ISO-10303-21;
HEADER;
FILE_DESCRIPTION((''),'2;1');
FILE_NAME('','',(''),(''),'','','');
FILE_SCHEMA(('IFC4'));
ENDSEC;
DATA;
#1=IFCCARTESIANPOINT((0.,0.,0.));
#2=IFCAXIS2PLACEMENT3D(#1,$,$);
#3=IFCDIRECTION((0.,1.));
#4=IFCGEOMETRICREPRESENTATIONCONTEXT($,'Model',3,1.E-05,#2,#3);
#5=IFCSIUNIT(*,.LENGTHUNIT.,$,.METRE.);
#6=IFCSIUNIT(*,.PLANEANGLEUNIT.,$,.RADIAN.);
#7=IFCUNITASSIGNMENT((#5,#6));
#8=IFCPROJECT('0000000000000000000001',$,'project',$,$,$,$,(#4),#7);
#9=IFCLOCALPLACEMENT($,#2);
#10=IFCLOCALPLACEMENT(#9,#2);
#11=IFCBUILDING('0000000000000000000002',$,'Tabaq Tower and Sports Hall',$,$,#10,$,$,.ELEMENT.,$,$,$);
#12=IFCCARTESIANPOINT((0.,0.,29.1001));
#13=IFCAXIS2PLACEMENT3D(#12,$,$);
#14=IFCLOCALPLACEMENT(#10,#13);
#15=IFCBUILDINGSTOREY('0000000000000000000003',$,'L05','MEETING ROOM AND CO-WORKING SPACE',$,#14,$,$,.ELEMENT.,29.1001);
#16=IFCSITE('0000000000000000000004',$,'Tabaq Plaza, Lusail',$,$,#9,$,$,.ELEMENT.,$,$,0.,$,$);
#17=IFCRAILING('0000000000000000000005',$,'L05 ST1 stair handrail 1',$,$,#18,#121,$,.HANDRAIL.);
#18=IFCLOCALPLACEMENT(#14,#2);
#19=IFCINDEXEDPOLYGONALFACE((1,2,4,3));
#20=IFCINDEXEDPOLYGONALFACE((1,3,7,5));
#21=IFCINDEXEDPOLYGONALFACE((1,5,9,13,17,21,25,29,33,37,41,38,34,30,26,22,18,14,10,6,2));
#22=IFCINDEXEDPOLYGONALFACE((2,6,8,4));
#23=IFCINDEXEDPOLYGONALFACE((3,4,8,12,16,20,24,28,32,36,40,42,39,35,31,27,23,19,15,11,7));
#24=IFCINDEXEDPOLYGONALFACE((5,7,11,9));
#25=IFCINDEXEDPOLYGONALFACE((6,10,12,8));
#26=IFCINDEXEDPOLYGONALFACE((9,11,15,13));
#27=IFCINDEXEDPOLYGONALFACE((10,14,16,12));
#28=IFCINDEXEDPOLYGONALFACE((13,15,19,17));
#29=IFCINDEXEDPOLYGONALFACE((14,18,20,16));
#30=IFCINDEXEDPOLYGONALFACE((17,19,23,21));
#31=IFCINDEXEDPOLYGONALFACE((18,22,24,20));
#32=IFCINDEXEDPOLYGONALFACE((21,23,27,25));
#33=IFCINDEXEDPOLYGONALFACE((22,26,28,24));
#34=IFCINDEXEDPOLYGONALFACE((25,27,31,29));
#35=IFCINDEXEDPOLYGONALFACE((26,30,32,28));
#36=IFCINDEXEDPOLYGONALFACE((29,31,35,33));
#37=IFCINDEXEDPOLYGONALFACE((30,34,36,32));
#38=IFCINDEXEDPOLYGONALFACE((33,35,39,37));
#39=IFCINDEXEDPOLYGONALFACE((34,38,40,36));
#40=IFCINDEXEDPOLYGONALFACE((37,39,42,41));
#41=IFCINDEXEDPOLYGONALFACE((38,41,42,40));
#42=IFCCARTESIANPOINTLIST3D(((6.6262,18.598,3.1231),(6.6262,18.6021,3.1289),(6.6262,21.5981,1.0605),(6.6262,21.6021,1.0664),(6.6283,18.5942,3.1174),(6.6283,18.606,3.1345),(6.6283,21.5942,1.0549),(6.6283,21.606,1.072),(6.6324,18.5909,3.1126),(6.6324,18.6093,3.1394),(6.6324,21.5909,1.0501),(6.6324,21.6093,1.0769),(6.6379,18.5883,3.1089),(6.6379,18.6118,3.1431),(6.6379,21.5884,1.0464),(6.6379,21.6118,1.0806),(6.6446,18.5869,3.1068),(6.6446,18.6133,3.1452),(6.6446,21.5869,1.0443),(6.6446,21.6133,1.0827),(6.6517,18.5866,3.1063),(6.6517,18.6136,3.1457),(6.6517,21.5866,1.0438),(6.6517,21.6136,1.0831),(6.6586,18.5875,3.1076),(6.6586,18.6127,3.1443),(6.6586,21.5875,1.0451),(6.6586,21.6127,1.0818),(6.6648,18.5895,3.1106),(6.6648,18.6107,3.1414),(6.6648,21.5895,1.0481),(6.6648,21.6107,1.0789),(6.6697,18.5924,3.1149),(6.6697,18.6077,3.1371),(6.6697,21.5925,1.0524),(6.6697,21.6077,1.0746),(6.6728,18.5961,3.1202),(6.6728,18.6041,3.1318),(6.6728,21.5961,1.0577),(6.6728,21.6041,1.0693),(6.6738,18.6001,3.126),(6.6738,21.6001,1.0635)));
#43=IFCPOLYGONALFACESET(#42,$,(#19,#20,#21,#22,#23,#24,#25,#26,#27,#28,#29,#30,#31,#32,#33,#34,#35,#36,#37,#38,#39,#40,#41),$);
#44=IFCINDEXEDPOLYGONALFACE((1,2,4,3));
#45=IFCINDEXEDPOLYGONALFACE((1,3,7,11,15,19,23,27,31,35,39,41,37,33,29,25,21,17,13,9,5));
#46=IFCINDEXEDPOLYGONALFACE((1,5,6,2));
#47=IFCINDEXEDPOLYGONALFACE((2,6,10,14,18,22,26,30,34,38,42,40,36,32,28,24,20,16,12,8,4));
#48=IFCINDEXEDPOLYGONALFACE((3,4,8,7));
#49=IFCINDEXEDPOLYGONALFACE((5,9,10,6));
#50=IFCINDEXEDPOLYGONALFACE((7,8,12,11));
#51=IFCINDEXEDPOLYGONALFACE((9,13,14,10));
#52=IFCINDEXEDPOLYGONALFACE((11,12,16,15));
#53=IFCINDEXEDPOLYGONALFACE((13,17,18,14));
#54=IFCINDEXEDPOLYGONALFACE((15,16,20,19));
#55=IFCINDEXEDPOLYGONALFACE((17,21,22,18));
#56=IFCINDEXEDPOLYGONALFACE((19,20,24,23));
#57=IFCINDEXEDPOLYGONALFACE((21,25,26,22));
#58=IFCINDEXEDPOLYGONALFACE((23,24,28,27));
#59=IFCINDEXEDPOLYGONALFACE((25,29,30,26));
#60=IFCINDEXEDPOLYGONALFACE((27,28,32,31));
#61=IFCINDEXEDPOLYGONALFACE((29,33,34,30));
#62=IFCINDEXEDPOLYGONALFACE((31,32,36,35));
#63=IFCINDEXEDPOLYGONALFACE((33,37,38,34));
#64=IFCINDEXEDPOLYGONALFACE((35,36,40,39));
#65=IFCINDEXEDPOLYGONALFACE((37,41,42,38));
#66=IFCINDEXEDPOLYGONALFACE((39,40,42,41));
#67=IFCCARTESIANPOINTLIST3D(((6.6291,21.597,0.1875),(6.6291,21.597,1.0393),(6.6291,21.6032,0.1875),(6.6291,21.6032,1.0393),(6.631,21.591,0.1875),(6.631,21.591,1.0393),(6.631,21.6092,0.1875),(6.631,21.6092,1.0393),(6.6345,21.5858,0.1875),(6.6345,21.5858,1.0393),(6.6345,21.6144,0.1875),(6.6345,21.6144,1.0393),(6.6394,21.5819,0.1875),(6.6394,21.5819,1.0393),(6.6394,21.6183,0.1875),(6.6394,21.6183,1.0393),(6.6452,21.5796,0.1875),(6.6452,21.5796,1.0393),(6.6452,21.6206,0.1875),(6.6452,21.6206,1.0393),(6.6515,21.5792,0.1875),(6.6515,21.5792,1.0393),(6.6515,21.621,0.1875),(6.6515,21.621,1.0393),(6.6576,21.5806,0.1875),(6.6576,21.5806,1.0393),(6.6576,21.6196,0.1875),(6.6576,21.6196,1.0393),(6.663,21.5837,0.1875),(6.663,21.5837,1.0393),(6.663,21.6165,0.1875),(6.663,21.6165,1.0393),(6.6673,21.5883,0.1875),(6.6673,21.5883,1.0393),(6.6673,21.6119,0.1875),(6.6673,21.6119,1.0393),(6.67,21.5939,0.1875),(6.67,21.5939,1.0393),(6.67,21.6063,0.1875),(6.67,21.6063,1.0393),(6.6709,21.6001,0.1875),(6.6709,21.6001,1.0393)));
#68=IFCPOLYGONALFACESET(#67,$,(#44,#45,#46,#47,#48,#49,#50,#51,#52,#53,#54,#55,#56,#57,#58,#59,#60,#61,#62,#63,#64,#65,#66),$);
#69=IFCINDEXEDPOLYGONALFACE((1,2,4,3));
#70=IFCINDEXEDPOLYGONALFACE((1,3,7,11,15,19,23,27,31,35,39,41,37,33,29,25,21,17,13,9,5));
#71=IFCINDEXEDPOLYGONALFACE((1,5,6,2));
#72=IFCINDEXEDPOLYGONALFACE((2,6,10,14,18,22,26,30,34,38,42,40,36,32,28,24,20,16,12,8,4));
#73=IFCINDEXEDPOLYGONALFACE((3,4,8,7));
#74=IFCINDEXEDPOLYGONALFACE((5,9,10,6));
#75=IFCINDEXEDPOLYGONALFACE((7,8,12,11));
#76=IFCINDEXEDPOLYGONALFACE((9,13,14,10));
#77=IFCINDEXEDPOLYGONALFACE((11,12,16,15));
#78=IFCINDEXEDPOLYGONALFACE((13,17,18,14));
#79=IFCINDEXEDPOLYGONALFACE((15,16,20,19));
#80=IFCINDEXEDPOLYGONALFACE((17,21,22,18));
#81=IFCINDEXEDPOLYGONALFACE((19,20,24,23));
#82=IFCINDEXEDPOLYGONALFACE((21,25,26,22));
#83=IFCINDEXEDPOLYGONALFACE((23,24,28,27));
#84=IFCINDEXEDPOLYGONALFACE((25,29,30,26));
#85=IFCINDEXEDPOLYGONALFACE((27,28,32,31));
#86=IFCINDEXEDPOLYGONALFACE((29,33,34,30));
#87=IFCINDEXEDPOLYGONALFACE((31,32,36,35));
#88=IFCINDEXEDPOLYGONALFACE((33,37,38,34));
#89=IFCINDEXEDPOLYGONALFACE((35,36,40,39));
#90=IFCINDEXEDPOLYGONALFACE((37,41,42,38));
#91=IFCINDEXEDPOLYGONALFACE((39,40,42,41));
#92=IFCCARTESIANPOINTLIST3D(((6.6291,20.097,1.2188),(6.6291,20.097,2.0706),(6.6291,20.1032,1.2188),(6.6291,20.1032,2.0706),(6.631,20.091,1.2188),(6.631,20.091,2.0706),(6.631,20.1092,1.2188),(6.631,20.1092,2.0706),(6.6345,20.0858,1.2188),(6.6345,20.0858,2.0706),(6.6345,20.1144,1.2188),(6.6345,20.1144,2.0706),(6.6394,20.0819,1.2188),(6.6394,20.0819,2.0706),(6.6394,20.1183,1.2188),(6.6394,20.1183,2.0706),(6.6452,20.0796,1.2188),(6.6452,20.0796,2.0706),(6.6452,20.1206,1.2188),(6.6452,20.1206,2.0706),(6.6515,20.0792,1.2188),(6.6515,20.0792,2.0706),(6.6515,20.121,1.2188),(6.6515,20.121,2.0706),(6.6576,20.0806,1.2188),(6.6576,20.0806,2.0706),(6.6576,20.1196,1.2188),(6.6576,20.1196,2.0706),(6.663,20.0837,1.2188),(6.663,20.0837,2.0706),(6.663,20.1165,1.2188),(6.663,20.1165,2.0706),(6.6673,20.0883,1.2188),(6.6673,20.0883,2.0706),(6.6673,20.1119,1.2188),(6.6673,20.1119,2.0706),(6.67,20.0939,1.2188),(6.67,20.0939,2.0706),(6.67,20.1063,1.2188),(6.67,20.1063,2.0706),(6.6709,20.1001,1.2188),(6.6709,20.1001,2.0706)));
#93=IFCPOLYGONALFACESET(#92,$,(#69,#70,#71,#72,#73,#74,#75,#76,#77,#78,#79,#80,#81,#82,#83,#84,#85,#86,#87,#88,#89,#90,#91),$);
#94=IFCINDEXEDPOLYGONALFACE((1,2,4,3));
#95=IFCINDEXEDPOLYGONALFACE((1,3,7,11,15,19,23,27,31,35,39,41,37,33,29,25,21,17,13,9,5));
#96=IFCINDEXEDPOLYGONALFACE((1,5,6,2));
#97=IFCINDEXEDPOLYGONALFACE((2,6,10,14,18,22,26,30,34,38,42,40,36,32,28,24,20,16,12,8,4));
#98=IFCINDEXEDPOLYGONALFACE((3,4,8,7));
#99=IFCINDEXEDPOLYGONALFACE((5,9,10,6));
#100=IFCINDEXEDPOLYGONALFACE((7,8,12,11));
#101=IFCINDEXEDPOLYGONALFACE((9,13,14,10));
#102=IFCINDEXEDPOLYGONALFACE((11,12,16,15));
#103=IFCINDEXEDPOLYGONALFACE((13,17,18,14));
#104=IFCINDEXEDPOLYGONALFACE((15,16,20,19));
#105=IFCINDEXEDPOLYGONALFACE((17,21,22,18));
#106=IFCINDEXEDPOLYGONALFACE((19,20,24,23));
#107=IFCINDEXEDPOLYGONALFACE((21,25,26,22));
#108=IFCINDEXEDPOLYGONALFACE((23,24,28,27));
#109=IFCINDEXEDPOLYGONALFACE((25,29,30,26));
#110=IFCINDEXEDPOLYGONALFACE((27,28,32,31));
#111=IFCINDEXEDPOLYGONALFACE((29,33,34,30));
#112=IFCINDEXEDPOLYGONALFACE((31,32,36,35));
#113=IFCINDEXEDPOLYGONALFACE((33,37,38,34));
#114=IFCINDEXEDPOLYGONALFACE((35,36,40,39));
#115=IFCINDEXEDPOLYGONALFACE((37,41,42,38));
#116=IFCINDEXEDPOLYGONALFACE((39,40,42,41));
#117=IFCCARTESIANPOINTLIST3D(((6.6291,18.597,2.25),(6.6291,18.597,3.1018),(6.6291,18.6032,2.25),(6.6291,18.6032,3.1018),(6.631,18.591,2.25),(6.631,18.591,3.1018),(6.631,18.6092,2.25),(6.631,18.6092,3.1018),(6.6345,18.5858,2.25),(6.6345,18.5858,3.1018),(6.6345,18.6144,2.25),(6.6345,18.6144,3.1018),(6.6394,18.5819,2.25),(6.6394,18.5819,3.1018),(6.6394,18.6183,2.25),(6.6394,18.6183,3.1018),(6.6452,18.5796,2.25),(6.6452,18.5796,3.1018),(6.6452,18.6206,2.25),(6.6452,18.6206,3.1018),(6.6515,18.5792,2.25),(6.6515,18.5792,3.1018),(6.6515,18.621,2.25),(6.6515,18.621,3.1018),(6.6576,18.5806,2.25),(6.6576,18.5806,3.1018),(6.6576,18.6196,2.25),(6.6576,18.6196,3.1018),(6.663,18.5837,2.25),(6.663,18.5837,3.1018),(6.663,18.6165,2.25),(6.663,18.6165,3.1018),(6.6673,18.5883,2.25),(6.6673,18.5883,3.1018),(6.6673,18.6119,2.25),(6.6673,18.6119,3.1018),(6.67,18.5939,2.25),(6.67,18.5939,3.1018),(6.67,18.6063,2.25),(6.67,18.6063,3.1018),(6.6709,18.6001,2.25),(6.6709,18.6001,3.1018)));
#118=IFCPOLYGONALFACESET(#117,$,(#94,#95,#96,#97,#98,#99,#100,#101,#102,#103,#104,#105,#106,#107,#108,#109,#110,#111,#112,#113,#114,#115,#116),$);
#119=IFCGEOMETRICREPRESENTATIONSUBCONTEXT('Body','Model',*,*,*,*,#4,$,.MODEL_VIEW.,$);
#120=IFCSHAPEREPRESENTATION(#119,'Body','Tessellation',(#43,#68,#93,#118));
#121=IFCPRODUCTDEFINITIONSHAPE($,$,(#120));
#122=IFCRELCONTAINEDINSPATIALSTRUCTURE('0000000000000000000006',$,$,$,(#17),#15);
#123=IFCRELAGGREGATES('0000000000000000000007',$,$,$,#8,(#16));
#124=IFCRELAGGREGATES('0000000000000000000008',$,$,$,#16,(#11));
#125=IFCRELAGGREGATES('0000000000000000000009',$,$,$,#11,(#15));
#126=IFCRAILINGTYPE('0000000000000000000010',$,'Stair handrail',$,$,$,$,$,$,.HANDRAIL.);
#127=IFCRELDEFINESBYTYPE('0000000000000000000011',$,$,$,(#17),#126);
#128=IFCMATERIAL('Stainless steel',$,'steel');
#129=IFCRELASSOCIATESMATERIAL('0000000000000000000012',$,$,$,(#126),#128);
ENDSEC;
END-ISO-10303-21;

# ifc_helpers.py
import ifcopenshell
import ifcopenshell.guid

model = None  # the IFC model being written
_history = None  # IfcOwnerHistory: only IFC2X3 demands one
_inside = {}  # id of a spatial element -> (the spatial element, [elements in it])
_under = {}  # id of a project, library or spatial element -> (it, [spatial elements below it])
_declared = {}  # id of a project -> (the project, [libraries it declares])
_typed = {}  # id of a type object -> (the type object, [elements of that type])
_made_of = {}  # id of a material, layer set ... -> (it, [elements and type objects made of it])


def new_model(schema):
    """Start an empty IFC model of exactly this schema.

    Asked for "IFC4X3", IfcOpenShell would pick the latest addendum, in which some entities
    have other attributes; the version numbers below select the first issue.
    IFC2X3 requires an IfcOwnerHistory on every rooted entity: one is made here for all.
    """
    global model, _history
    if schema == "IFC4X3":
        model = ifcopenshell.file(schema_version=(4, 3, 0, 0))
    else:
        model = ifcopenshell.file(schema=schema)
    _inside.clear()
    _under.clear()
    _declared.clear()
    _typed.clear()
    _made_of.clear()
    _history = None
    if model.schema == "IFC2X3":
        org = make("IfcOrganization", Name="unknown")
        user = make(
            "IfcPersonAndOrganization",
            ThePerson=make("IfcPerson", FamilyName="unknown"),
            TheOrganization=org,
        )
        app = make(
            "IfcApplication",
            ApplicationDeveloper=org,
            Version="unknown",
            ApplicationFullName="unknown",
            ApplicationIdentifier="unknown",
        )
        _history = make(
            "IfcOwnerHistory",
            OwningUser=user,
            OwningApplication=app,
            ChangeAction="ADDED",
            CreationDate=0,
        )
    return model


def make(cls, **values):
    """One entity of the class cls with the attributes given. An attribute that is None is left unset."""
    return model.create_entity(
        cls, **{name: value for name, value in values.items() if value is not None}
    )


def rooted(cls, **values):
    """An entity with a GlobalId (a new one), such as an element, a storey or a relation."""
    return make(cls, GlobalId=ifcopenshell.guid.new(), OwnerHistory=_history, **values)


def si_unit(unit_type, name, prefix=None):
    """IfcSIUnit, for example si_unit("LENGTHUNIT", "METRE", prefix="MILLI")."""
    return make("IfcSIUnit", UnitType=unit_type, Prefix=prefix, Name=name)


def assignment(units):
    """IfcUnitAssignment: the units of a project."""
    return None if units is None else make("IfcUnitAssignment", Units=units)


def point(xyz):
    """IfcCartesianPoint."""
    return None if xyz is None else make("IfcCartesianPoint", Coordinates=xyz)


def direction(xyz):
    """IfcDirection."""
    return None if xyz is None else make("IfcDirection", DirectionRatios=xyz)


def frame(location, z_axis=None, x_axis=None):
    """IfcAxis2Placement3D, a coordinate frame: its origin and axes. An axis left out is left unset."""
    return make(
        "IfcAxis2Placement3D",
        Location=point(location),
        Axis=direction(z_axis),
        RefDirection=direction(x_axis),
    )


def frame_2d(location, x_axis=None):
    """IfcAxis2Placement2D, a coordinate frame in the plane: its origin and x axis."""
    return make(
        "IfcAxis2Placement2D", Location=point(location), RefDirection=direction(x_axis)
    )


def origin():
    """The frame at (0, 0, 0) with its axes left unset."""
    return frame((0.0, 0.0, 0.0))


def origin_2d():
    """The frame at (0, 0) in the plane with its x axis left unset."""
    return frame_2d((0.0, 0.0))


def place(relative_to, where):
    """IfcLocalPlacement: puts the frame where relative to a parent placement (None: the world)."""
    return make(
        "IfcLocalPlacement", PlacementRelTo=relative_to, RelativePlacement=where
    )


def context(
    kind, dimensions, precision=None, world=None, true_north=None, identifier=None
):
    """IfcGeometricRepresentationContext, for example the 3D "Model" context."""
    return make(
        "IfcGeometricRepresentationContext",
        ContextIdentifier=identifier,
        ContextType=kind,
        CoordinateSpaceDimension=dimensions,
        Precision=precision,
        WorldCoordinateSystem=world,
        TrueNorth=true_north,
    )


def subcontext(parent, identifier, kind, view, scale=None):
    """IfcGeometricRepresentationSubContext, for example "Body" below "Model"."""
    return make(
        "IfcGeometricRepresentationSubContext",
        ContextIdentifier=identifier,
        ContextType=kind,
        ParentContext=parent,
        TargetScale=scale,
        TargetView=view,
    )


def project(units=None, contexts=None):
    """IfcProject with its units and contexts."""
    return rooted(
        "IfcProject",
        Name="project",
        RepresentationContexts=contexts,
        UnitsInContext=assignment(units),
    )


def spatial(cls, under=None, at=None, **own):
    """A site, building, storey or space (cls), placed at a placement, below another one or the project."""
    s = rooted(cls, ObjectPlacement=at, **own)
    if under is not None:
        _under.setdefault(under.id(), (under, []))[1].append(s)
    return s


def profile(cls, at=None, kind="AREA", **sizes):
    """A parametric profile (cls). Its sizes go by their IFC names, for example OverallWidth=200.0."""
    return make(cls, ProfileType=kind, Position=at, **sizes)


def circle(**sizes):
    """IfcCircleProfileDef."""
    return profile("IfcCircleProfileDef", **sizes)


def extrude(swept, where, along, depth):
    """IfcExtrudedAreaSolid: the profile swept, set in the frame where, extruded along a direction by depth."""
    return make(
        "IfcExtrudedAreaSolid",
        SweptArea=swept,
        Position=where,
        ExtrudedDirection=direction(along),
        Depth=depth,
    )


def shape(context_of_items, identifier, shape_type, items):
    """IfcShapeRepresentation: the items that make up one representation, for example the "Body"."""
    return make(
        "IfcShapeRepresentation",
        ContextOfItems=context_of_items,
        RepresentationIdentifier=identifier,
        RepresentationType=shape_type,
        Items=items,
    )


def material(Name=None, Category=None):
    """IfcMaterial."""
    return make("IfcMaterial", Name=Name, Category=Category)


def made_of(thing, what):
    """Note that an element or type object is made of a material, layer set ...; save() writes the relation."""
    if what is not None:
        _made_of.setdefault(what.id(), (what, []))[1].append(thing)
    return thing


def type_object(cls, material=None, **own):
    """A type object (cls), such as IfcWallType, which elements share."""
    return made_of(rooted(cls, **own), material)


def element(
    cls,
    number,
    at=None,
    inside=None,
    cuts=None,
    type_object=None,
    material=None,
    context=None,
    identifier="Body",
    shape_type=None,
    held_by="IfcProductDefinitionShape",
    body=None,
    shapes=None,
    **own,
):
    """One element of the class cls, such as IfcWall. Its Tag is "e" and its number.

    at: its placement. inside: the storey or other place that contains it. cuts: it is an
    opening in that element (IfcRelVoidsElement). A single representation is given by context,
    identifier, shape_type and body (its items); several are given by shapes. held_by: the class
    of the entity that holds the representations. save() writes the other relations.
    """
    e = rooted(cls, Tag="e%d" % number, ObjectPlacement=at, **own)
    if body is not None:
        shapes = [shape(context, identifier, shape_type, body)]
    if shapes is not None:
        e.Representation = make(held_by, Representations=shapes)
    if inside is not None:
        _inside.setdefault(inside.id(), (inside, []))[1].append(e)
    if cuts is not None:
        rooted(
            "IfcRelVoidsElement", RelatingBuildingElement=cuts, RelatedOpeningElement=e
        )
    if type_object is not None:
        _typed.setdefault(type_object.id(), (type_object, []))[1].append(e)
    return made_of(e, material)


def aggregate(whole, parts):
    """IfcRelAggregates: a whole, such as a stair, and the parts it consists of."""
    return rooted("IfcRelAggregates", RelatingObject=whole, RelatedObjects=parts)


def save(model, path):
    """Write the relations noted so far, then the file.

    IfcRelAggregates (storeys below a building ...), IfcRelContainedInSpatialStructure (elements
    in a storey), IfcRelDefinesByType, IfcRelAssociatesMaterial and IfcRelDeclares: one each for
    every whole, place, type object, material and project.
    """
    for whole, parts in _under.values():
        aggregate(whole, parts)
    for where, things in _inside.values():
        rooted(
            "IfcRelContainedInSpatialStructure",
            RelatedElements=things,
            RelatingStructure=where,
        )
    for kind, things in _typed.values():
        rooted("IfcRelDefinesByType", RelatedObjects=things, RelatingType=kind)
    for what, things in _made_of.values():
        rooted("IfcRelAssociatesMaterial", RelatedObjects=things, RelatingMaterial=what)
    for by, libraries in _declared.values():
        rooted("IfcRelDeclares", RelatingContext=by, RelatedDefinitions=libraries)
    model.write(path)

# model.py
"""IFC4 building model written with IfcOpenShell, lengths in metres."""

from ifc_helpers import new_model, si_unit, direction, frame, origin, origin_2d, place, context, subcontext, project, spatial, circle, extrude, material, type_object, element, save


model = new_model("IFC4")

# Units and contexts
model_context = context("Model", 3, precision=1e-05, world=origin(), true_north=direction((0.0, 1.0)))
body_context = subcontext(model_context, "Body", "Model", "MODEL_VIEW")
ifc_project = project(units=[si_unit("LENGTHUNIT", "METRE"), si_unit("PLANEANGLEUNIT", "RADIAN")], contexts=[model_context])

# Site, building, storey
site_placement = place(None, origin())
site = spatial("IfcSite", under=ifc_project, at=site_placement, Name="Tabaq Plaza, Lusail", CompositionType="ELEMENT", RefElevation=0.0)
building_placement = place(site_placement, origin())
building = spatial("IfcBuilding", under=site, at=building_placement, Name="Tabaq Tower and Sports Hall", CompositionType="ELEMENT")
storey_placement = place(building_placement, frame((0.0, 0.0, 29.1001)))
storey = spatial("IfcBuildingStorey", under=building, at=storey_placement, Name="L05", Description="MEETING ROOM AND CO-WORKING SPACE", CompositionType="ELEMENT", Elevation=29.1001)

# Railing
ifc_material_1 = material(Name="Stainless steel", Category="steel")
railing_type_1 = type_object("IfcRailingType", Name="Stair handrail", PredefinedType="HANDRAIL", material=ifc_material_1)
railing_1_placement = place(storey_placement, frame((6.6499, 21.6001, 0.1875)))
element("IfcRailing", 1, at=railing_1_placement, inside=storey, type_object=railing_type_1, Name="L05 ST1 stair handrail 1", PredefinedType="HANDRAIL", context=body_context, shape_type="SweptSolid", body=[
    extrude(circle(Radius=0.0239, at=origin_2d()), frame((0.0, 0.0, 0.876), z_axis=(0.0, -0.824042, 0.566529), x_axis=(1.0, 0.0, 0.0)), (0.0, 0.0, 1.0), 3.6406),
    extrude(circle(Radius=0.021, at=origin_2d()), origin(), (0.0, 0.0, 1.0), 0.8518),
    extrude(circle(Radius=0.021, at=origin_2d()), frame((0.0, -1.5, 1.0312)), (0.0, 0.0, 1.0), 0.8518),
    extrude(circle(Radius=0.021, at=origin_2d()), frame((0.0, -3.0, 2.0625)), (0.0, 0.0, 1.0), 0.8518),
])

save(model, "model.ifc")
